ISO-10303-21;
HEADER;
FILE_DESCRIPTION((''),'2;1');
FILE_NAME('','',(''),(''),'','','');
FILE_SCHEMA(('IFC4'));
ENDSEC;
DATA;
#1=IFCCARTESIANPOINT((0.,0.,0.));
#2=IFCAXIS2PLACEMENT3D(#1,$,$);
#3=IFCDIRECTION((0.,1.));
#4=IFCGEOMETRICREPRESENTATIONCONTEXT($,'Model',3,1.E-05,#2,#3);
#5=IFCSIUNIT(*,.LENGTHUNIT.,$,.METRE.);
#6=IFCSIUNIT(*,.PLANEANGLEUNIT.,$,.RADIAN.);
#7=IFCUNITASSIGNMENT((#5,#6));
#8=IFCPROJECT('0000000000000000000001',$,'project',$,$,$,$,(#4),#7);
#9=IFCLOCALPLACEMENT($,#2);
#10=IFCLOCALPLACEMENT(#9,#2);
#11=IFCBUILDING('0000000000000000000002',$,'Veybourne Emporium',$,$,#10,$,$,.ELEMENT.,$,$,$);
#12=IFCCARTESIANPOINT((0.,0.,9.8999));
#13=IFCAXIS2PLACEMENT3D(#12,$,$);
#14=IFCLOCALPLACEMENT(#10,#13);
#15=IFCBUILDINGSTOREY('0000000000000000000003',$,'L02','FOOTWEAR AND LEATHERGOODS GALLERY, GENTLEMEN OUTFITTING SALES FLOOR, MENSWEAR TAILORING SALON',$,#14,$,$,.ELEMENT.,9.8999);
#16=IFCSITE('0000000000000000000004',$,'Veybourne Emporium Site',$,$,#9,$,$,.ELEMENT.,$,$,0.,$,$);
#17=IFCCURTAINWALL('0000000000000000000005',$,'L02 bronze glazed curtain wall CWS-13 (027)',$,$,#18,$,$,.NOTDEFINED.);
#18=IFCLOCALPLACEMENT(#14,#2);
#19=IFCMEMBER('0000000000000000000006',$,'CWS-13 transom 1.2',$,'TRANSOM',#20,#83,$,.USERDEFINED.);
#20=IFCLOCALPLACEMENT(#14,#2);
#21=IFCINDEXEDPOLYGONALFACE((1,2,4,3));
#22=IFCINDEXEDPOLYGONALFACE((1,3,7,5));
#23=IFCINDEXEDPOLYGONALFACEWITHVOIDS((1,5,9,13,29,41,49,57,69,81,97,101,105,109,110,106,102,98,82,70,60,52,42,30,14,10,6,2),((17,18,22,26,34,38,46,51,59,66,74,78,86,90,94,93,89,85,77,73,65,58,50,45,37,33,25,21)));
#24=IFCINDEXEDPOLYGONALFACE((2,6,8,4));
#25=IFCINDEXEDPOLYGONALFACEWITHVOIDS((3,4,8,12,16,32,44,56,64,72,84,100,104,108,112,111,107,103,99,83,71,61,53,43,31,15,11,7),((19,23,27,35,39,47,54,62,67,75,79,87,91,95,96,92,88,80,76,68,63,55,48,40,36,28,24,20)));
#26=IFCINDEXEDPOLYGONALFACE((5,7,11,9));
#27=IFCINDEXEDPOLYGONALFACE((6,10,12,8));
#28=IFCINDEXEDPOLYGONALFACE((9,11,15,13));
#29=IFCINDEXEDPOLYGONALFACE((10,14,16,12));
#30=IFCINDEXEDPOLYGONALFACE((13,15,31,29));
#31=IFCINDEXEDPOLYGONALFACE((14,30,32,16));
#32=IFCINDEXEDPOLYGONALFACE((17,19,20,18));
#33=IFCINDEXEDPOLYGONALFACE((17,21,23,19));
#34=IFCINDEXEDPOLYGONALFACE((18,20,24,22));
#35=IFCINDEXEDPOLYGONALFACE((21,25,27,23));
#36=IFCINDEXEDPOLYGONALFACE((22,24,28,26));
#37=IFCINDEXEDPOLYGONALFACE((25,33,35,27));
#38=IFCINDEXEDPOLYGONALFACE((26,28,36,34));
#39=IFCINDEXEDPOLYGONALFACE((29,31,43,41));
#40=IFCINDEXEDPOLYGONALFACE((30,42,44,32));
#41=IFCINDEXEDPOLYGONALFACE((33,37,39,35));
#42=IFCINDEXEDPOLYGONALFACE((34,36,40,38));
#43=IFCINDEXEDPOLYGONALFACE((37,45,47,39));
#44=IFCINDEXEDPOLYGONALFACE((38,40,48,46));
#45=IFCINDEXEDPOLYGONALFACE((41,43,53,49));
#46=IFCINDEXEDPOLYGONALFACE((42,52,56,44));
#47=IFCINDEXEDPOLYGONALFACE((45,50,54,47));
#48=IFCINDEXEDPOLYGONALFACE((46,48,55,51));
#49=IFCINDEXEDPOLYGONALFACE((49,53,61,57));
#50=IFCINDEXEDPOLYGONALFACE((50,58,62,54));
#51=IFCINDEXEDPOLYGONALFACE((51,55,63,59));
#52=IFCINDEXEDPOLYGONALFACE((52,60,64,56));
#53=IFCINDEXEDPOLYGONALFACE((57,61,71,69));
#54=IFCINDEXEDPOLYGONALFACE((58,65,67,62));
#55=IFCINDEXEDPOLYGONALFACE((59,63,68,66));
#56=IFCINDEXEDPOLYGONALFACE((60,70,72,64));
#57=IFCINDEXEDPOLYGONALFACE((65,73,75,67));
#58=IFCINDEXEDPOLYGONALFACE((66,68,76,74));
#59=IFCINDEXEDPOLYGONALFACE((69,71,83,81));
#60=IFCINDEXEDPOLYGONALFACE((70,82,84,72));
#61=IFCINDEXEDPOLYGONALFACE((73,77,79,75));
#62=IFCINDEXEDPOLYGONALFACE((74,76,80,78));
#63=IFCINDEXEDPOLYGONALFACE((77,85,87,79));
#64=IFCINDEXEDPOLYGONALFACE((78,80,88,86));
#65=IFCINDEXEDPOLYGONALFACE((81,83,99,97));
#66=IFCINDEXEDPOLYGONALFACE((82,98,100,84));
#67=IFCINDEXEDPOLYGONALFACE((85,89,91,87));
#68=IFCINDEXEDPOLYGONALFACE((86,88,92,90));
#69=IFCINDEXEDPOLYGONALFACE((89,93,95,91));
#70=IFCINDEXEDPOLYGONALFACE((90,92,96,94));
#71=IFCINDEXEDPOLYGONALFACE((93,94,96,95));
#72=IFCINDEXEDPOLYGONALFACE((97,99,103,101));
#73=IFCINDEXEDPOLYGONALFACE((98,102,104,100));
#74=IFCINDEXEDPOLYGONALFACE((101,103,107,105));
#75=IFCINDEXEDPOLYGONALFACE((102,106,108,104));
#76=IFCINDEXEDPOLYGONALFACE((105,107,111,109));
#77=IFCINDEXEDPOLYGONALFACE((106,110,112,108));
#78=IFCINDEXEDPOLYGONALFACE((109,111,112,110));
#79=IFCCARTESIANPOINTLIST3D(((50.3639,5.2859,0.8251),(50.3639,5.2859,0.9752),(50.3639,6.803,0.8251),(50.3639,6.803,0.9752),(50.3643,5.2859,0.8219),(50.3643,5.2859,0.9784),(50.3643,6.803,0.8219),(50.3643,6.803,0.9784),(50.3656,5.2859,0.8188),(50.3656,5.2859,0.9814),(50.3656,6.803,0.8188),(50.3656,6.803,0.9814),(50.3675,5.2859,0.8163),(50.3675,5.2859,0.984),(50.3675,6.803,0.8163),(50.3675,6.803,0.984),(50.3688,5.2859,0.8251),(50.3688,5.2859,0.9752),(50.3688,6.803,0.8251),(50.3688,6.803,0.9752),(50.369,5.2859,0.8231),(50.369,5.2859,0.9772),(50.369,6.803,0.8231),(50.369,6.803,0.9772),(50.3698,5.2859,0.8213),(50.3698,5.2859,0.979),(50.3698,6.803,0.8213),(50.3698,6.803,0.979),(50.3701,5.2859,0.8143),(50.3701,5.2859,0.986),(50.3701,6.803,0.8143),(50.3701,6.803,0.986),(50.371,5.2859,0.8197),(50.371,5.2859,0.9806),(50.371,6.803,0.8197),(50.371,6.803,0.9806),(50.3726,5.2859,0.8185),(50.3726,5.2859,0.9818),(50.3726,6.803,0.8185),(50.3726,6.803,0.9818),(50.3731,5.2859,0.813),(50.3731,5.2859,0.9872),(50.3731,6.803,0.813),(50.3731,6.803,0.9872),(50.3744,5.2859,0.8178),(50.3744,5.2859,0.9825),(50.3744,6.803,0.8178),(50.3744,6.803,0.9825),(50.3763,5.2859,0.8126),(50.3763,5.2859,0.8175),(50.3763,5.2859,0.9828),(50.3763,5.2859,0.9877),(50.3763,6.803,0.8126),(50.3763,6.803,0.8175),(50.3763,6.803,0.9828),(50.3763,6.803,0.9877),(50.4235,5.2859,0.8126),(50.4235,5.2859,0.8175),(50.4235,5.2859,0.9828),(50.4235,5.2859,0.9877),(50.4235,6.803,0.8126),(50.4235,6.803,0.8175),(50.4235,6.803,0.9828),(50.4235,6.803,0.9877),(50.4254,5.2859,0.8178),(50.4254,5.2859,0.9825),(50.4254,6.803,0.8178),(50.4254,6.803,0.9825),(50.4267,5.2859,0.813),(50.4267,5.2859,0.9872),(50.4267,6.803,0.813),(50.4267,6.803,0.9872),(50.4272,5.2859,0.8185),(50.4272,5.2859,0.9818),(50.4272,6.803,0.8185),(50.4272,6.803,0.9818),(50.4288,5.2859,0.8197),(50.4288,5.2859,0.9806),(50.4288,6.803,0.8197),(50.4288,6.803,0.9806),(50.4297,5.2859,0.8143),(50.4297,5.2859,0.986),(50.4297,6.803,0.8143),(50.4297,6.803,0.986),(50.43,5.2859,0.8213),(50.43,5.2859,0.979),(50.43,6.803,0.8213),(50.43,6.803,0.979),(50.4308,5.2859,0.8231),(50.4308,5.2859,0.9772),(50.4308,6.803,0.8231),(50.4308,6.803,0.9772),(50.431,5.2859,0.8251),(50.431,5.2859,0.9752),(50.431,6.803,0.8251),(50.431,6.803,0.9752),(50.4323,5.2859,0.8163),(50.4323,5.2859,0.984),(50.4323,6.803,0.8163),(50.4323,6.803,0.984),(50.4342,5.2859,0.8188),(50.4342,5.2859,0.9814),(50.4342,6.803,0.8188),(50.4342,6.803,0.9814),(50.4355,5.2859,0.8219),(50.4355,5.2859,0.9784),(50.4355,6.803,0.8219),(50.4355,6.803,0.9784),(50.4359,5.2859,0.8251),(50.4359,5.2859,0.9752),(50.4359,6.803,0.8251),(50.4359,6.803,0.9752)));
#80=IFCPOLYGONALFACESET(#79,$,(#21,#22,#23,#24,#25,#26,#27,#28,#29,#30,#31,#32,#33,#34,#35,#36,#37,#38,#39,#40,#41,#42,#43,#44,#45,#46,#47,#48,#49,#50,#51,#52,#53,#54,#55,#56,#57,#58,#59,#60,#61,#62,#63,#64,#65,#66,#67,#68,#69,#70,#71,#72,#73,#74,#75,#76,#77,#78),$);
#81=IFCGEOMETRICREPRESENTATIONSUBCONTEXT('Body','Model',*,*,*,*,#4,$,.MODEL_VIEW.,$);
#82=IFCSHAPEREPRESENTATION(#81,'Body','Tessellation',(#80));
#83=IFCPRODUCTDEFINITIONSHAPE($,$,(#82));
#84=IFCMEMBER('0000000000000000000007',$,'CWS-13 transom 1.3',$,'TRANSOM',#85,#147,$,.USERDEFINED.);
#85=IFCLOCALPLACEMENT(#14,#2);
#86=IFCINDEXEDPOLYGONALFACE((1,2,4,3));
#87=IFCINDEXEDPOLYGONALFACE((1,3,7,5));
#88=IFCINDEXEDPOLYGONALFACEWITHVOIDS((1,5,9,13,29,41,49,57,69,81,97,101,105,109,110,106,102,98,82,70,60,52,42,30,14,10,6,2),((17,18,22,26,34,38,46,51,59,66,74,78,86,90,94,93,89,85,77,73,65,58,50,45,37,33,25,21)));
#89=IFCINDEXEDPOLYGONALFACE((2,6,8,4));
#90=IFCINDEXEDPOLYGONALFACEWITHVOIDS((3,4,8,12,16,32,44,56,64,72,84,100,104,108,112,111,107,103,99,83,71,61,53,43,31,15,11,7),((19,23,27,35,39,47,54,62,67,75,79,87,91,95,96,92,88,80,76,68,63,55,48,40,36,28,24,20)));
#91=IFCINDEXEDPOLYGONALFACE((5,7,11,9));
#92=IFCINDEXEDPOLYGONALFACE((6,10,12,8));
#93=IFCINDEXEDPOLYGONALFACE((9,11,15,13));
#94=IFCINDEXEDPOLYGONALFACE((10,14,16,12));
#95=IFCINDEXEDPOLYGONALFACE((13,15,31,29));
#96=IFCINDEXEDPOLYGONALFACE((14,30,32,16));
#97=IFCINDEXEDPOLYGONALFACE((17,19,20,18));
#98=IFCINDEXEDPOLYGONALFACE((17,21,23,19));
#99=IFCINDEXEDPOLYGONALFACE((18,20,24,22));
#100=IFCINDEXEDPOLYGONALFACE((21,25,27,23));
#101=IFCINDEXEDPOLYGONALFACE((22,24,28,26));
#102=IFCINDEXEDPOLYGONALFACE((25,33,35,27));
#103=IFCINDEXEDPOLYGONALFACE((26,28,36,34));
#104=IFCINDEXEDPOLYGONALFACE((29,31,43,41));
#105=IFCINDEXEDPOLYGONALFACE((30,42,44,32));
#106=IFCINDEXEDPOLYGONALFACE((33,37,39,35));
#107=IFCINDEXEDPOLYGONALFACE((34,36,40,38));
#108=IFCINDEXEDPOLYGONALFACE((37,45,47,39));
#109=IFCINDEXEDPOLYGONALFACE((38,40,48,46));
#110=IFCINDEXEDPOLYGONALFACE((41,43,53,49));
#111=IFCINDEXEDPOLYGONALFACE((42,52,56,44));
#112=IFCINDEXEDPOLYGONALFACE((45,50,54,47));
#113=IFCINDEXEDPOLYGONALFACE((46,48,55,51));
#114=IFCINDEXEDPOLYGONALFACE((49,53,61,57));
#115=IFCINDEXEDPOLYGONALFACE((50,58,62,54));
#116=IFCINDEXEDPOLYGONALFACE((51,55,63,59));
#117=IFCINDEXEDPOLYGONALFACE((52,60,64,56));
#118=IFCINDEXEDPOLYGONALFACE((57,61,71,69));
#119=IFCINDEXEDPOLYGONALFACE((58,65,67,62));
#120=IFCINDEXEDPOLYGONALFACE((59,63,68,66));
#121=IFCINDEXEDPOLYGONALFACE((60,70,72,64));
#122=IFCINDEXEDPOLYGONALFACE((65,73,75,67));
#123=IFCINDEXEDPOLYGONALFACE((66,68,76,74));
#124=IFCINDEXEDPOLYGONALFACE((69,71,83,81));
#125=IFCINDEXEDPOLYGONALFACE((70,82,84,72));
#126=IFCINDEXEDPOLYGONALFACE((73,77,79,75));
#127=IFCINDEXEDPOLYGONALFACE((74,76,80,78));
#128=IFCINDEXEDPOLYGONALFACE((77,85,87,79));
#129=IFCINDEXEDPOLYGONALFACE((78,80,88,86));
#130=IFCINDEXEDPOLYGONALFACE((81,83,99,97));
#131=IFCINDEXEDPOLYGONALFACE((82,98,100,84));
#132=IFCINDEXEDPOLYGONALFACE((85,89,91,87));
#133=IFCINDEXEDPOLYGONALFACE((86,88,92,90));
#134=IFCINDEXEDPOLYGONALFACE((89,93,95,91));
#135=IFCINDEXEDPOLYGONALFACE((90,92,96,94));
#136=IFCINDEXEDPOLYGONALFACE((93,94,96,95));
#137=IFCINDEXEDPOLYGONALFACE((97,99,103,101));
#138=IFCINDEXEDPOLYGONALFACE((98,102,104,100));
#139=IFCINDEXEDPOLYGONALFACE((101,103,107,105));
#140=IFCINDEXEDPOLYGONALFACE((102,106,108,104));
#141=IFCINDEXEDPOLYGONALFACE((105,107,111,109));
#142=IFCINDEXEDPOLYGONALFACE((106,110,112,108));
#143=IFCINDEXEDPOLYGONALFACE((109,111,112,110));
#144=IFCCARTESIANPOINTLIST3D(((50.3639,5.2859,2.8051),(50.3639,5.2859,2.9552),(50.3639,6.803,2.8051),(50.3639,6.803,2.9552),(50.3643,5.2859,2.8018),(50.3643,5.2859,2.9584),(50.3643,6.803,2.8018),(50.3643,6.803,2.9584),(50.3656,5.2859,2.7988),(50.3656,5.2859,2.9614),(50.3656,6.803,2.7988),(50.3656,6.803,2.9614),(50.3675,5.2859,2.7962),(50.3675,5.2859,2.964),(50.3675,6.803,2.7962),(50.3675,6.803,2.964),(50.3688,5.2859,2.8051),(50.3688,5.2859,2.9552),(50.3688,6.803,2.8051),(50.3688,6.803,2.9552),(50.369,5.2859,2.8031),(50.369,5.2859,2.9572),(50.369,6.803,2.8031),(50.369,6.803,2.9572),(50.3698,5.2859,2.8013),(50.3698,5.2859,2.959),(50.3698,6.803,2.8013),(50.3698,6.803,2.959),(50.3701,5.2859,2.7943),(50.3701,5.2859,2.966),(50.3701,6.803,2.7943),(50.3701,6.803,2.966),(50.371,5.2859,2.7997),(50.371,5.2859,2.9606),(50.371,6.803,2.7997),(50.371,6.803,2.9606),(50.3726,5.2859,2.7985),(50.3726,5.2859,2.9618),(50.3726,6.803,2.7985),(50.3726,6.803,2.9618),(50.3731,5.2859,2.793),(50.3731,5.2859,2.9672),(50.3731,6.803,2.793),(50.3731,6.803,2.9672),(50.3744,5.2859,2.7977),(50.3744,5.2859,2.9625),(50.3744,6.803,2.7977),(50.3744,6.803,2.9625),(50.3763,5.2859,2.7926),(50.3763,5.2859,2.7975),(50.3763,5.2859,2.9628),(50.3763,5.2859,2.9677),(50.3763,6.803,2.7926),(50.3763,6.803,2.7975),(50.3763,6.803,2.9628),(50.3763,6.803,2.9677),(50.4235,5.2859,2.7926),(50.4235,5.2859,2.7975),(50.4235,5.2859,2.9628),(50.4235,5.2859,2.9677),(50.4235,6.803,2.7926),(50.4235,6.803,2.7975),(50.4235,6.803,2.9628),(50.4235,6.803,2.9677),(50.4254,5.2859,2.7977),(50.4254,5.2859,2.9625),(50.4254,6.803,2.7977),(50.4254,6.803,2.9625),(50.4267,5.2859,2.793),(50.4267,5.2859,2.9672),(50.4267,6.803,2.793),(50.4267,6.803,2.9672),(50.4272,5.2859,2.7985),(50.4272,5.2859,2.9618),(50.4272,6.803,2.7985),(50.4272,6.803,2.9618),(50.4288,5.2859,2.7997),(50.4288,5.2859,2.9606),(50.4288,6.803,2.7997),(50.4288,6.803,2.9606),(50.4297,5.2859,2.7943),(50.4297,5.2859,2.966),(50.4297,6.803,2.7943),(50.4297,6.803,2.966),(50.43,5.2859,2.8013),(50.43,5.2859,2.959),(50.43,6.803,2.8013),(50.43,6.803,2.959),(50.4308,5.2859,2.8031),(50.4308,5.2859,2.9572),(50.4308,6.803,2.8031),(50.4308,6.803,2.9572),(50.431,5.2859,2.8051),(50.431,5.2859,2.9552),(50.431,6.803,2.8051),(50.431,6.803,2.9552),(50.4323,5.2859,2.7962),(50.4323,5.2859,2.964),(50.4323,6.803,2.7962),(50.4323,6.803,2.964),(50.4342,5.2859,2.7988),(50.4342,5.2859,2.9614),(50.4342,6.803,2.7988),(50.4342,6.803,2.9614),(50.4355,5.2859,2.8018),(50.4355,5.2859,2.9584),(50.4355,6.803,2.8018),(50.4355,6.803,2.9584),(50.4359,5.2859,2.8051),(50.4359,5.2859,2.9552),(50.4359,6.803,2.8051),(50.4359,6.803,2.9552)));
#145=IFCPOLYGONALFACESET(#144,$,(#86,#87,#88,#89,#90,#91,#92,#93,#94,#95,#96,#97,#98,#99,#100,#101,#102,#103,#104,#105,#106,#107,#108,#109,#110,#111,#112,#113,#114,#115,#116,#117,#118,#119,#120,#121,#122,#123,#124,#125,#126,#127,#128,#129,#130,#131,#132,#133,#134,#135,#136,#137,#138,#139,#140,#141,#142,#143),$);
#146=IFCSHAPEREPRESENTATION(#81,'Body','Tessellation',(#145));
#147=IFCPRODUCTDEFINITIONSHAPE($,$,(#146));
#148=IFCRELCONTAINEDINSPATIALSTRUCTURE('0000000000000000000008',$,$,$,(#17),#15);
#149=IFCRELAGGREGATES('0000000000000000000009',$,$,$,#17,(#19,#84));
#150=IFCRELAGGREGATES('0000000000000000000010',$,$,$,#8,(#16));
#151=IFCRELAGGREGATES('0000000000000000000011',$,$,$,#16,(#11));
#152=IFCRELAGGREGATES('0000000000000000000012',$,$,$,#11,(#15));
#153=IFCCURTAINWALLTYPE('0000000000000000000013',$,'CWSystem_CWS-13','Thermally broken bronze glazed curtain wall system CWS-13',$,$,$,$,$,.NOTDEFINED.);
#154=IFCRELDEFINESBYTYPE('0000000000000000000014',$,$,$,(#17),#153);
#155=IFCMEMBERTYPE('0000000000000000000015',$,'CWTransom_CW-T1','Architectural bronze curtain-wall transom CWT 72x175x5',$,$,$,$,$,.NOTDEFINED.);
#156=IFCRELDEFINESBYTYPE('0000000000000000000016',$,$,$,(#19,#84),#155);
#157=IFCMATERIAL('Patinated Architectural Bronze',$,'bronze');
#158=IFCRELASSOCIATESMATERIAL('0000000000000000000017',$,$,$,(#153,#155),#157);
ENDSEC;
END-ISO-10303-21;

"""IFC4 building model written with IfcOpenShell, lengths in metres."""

from ifc_helpers import new_model, si_unit, direction, frame, origin, origin_2d, place, context, subcontext, project, spatial, hollow_rectangle, extrude, material, material_profile, profile_set, type_object, element, aggregate, save


model = new_model("IFC4")

# Units and contexts
model_context = context("Model", 3, precision=1e-05, world=origin(), true_north=direction((0.0, 1.0)))
body_context = subcontext(model_context, "Body", "Model", "MODEL_VIEW")
ifc_project = project(units=[si_unit("LENGTHUNIT", "METRE"), si_unit("PLANEANGLEUNIT", "RADIAN")], contexts=[model_context])

# Site, building, storey
site_placement = place(None, origin())
site = spatial("IfcSite", under=ifc_project, at=site_placement, Name="Veybourne Emporium Site", CompositionType="ELEMENT", RefElevation=0.0)
building_placement = place(site_placement, origin())
building = spatial("IfcBuilding", under=site, at=building_placement, Name="Veybourne Emporium", CompositionType="ELEMENT")
storey_placement = place(building_placement, frame((0.0, 0.0, 9.8999)))
storey = spatial("IfcBuildingStorey", under=building, at=storey_placement, Name="L02", Description="FOOTWEAR AND LEATHERGOODS GALLERY, GENTLEMEN OUTFITTING SALES FLOOR, MENSWEAR TAILORING SALON", CompositionType="ELEMENT", Elevation=9.8999)

# Curtain wall
ifc_material_1 = material(Name="Patinated Architectural Bronze", Category="bronze")
curtain_wall_type_1 = type_object("IfcCurtainWallType", Name="CWSystem_CWS-13", Description="Thermally broken bronze glazed curtain wall system CWS-13", PredefinedType="NOTDEFINED", material=ifc_material_1)
curtain_wall_1_placement = place(storey_placement, origin())
curtain_wall_1 = element("IfcCurtainWall", 1, at=curtain_wall_1_placement, inside=storey, type_object=curtain_wall_type_1, Name="L02 bronze glazed curtain wall CWS-13 (027)", PredefinedType="NOTDEFINED")

# Members
ifc_material_profile_1 = material_profile(ifc_material_1, hollow_rectangle(XDim=0.072, YDim=0.175, WallThickness=0.0049, InnerFilletRadius=0.0076, OuterFilletRadius=0.0125, at=origin_2d()), Name="CWT 72x175x5")
ifc_profile_set_1 = profile_set([ifc_material_profile_1], Name="Patinated Architectural Bronze")
member_type_1 = type_object("IfcMemberType", Name="CWTransom_CW-T1", Description="Architectural bronze curtain-wall transom CWT 72x175x5", PredefinedType="NOTDEFINED", material=ifc_profile_set_1)
member_1_placement = place(storey_placement, frame((50.3999, 6.803, 0.9001), z_axis=(0.0, -1.0, 0.0), x_axis=(1.0, 0.0, 0.0)))
member_1 = element("IfcMember", 2, at=member_1_placement, type_object=member_type_1, Name="CWS-13 transom 1.2", ObjectType="TRANSOM", PredefinedType="USERDEFINED", context=body_context, shape_type="SweptSolid", body=[
    extrude(hollow_rectangle(XDim=0.072, YDim=0.175, WallThickness=0.0049, InnerFilletRadius=0.0076, OuterFilletRadius=0.0125, at=origin_2d()), origin(), (0.0, 0.0, 1.0), 1.5171),
])
member_2_placement = place(storey_placement, frame((50.3999, 6.803, 2.8801), z_axis=(0.0, -1.0, 0.0), x_axis=(1.0, 0.0, 0.0)))
member_2 = element("IfcMember", 3, at=member_2_placement, type_object=member_type_1, Name="CWS-13 transom 1.3", ObjectType="TRANSOM", PredefinedType="USERDEFINED", context=body_context, shape_type="SweptSolid", body=[
    extrude(hollow_rectangle(XDim=0.072, YDim=0.175, WallThickness=0.0049, InnerFilletRadius=0.0076, OuterFilletRadius=0.0125, at=origin_2d()), origin(), (0.0, 0.0, 1.0), 1.5171),
])

aggregate(curtain_wall_1, [member_1, member_2])

save(model, "model.ifc")
